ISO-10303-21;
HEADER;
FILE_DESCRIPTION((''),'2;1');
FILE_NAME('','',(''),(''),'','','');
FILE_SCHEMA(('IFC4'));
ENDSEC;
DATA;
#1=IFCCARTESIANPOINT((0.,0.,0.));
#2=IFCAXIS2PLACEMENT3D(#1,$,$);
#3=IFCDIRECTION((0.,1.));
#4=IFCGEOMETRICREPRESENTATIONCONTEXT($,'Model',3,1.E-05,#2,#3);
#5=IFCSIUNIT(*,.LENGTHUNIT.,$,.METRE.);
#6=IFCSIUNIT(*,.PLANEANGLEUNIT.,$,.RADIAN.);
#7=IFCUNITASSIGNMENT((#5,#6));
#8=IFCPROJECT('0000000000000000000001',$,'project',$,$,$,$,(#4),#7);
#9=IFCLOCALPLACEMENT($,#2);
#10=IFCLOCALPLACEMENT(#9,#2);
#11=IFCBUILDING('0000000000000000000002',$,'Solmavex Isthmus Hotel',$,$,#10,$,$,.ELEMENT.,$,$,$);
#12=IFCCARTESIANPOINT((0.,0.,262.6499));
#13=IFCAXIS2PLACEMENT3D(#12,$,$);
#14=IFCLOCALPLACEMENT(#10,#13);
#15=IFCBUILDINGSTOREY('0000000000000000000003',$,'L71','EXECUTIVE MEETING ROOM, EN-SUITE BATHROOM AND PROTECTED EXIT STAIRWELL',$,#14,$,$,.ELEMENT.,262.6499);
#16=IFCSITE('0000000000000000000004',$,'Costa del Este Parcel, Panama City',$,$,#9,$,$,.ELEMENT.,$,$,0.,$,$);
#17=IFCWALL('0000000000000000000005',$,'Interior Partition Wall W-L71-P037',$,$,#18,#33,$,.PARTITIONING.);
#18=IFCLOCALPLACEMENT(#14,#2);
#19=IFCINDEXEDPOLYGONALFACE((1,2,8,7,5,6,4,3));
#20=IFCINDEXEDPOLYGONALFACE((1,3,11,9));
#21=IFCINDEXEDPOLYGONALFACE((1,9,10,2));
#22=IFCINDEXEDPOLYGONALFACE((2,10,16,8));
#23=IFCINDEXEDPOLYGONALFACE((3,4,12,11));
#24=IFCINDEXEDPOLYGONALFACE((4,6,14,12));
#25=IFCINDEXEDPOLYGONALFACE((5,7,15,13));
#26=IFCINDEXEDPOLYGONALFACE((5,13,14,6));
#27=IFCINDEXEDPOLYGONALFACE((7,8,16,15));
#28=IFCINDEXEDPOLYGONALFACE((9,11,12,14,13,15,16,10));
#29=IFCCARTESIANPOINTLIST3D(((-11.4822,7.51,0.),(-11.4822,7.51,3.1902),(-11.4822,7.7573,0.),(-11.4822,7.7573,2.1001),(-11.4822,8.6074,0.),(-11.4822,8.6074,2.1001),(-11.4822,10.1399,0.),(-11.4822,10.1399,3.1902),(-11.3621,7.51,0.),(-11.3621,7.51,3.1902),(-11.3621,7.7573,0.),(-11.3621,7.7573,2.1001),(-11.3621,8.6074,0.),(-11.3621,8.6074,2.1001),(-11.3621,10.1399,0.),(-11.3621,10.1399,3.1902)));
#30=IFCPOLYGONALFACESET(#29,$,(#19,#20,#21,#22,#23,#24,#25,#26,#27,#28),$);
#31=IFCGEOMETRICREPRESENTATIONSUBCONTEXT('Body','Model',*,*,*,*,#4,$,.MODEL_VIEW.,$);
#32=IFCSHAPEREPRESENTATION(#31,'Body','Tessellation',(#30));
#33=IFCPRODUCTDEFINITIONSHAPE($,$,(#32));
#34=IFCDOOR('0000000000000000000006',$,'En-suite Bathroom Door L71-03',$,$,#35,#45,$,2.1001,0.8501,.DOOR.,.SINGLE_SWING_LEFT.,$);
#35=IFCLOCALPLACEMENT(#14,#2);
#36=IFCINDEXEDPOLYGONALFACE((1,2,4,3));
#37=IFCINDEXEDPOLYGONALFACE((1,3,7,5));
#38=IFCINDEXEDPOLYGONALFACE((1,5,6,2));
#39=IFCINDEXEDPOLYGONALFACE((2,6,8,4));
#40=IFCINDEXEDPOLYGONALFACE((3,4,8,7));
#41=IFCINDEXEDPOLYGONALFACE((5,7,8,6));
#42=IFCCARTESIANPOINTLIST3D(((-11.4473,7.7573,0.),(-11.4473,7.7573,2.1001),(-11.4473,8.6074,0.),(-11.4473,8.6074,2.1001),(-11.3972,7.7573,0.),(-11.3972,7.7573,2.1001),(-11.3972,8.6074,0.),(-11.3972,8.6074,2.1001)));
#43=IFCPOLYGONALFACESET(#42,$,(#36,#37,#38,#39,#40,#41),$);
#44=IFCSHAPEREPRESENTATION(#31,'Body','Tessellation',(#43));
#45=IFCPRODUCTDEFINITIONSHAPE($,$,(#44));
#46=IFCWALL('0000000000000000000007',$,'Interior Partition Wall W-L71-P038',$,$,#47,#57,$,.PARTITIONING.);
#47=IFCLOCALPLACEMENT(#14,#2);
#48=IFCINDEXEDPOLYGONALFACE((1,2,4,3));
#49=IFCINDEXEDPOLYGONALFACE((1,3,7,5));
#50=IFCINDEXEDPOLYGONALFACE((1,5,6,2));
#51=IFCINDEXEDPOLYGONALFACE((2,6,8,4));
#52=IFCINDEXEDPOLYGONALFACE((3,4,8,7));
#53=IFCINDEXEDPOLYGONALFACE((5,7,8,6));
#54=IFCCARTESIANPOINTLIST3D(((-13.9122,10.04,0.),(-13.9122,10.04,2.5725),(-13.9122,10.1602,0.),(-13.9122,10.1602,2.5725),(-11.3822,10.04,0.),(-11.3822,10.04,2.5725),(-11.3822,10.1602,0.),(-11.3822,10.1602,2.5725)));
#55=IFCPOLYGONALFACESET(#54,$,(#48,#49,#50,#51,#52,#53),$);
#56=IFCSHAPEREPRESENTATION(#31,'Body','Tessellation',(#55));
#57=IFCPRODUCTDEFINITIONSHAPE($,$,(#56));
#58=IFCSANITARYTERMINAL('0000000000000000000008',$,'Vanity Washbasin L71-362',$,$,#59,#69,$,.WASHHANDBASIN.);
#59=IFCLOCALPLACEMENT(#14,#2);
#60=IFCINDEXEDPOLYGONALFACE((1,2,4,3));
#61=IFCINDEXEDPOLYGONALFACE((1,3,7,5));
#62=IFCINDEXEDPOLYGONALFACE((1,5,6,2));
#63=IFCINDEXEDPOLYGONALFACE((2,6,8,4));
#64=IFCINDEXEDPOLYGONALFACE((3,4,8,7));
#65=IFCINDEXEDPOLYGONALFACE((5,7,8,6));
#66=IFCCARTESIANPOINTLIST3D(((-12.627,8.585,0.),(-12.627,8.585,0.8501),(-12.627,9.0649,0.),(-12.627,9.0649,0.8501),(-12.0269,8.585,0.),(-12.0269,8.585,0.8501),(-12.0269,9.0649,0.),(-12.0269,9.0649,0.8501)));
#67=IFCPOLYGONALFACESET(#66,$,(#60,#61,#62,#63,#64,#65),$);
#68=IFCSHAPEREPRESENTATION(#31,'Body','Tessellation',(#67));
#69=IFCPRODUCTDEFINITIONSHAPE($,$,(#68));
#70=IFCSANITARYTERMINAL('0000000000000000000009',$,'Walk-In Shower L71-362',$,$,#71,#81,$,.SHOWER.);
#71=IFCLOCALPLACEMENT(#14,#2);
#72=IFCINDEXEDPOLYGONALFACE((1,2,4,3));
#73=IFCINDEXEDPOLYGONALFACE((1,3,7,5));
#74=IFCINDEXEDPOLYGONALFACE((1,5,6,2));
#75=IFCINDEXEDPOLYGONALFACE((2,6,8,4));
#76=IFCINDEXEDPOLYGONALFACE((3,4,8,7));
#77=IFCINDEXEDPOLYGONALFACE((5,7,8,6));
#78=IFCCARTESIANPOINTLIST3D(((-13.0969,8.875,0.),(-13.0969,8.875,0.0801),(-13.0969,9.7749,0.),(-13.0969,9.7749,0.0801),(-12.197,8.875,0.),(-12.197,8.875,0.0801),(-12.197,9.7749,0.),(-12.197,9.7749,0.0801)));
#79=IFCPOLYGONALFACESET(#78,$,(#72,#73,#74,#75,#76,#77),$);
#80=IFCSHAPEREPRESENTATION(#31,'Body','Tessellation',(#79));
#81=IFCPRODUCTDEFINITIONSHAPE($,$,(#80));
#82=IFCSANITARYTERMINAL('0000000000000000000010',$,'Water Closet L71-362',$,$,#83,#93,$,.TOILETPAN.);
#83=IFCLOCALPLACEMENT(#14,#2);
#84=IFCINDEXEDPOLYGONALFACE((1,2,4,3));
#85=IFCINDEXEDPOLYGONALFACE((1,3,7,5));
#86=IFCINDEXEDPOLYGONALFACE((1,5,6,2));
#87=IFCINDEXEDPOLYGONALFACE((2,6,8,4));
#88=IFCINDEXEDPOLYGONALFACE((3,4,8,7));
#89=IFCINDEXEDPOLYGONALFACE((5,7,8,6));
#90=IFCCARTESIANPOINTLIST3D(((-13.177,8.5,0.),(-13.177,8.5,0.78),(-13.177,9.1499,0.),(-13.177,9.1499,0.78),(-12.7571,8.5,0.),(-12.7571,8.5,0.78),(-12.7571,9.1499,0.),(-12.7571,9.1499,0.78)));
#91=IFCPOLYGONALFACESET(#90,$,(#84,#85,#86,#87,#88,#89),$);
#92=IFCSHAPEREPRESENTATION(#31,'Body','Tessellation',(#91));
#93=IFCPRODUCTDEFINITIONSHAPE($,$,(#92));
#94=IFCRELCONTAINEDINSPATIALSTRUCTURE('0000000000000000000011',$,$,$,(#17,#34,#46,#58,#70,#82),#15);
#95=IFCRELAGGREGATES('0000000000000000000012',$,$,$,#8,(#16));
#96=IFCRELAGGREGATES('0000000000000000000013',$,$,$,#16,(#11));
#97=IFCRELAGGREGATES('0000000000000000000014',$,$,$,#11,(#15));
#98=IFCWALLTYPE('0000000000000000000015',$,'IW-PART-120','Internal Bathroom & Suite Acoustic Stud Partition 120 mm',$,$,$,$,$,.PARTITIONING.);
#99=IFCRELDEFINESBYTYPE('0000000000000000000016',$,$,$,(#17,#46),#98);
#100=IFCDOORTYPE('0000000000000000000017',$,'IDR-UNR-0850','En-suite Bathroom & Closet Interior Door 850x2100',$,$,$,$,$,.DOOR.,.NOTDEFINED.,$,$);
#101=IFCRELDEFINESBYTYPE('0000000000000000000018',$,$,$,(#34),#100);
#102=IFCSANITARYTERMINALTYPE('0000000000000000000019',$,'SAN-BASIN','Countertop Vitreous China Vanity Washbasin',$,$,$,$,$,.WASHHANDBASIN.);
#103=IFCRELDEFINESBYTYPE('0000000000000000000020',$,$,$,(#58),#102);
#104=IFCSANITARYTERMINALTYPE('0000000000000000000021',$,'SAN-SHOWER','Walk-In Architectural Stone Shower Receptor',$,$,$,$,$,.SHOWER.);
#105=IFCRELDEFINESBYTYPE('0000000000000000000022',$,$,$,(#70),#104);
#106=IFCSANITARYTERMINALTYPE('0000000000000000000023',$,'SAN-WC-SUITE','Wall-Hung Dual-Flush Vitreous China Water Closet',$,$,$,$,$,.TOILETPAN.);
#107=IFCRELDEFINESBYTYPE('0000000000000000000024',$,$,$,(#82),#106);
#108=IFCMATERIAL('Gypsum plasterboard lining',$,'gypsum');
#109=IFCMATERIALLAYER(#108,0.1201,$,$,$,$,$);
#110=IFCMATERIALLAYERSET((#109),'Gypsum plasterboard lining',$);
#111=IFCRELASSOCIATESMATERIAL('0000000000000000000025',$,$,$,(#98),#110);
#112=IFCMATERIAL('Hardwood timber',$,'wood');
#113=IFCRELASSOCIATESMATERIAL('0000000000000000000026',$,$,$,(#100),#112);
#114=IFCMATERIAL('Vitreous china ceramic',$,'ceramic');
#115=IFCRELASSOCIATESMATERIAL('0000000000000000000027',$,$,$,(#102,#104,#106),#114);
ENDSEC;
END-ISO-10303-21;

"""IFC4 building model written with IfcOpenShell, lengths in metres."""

from ifc_helpers import new_model, si_unit, direction, frame, frame_2d, origin, origin_2d, place, context, subcontext, project, spatial, rectangle, extrude, material, layer, layer_set, type_object, element, fill, save


model = new_model("IFC4")

# Units and contexts
model_context = context("Model", 3, precision=1e-05, world=origin(), true_north=direction((0.0, 1.0)))
body_context = subcontext(model_context, "Body", "Model", "MODEL_VIEW")
ifc_project = project(units=[si_unit("LENGTHUNIT", "METRE"), si_unit("PLANEANGLEUNIT", "RADIAN")], contexts=[model_context])

# Site, building, storey
site_placement = place(None, origin())
site = spatial("IfcSite", under=ifc_project, at=site_placement, Name="Costa del Este Parcel, Panama City", CompositionType="ELEMENT", RefElevation=0.0)
building_placement = place(site_placement, origin())
building = spatial("IfcBuilding", under=site, at=building_placement, Name="Solmavex Isthmus Hotel", CompositionType="ELEMENT")
storey_placement = place(building_placement, frame((0.0, 0.0, 262.6499)))
storey = spatial("IfcBuildingStorey", under=building, at=storey_placement, Name="L71", Description="EXECUTIVE MEETING ROOM, EN-SUITE BATHROOM AND PROTECTED EXIT STAIRWELL", CompositionType="ELEMENT", Elevation=262.6499)

# Shared definitions
ifc_material_1 = material(Name="Gypsum plasterboard lining", Category="gypsum")

# Shared definitions
ifc_material_2 = material(Name="Hardwood timber", Category="wood")

# Wall, opening, door
ifc_layer_1 = layer(ifc_material_1, 0.1201)
ifc_layer_set_1 = layer_set([ifc_layer_1], Name="Gypsum plasterboard lining")
wall_type_1 = type_object("IfcWallType", Name="IW-PART-120", Description="Internal Bathroom & Suite Acoustic Stud Partition 120 mm", PredefinedType="PARTITIONING", material=ifc_layer_set_1)
wall_1_placement = place(storey_placement, frame((-11.4221, 7.51, 0.0), z_axis=(0.0, 0.0, 1.0), x_axis=(0.0, 1.0, 0.0)))
wall_1 = element("IfcWall", 1, at=wall_1_placement, inside=storey, type_object=wall_type_1, Name="Interior Partition Wall W-L71-P037", PredefinedType="PARTITIONING", context=body_context, shape_type="SweptSolid", body=[
    extrude(rectangle(XDim=2.6299, YDim=0.1201, at=frame_2d((1.3149, 0.0))), origin(), (0.0, 0.0, 1.0), 3.1902),
])
opening_1_placement = place(wall_1_placement, frame((0.2473, 0.0, 0.0)))
opening_1 = element("IfcOpeningElement", 2, at=opening_1_placement, cuts=wall_1, PredefinedType="OPENING", context=body_context, shape_type="SweptSolid", body=[
    extrude(rectangle(XDim=0.8501, YDim=2.1001, at=frame_2d((0.425, 1.05))), frame((0.0, 0.0701, 0.0), z_axis=(0.0, -1.0, 0.0), x_axis=(1.0, 0.0, 0.0)), (0.0, 0.0, 1.0), 0.1401),
])
door_type_1 = type_object("IfcDoorType", Name="IDR-UNR-0850", Description="En-suite Bathroom & Closet Interior Door 850x2100", OperationType="NOTDEFINED", PredefinedType="DOOR", material=ifc_material_2)
door_1_placement = place(opening_1_placement, frame((0.8501, 0.0, 0.0), z_axis=(0.0, 0.0, 1.0), x_axis=(-1.0, 0.0, 0.0)))
door_1 = element("IfcDoor", 3, at=door_1_placement, inside=storey, type_object=door_type_1, Name="En-suite Bathroom Door L71-03", OperationType="SINGLE_SWING_LEFT", OverallHeight=2.1001, OverallWidth=0.8501, PredefinedType="DOOR", context=body_context, shape_type="SweptSolid", body=[
    extrude(rectangle(XDim=0.8501, YDim=2.1001, at=frame_2d((0.425, 1.05))), frame((0.0, 0.0249, 0.0), z_axis=(0.0, -1.0, 0.0), x_axis=(1.0, 0.0, 0.0)), (0.0, 0.0, 1.0), 0.05),
])
fill(opening_1, door_1)

# Wall
wall_2_placement = place(storey_placement, frame((-11.3821, 10.1001, 0.0), z_axis=(0.0, 0.0, 1.0), x_axis=(-1.0, 0.0, 0.0)))
element("IfcWall", 4, at=wall_2_placement, inside=storey, type_object=wall_type_1, Name="Interior Partition Wall W-L71-P038", PredefinedType="PARTITIONING", context=body_context, shape_type="SweptSolid", body=[
    extrude(rectangle(XDim=2.53, YDim=0.1201, at=frame_2d((1.2651, 0.0))), origin(), (0.0, 0.0, 1.0), 2.5725),
])

# Sanitary terminals
ifc_material_3 = material(Name="Vitreous china ceramic", Category="ceramic")
sanitary_terminal_type_1 = type_object("IfcSanitaryTerminalType", Name="SAN-BASIN", Description="Countertop Vitreous China Vanity Washbasin", PredefinedType="WASHHANDBASIN", material=ifc_material_3)
sanitary_terminal_1_placement = place(storey_placement, frame((-12.3269, 8.825, 0.0), z_axis=(0.0, 0.0, 1.0), x_axis=(1.0, 0.0, 0.0)))
element("IfcSanitaryTerminal", 5, at=sanitary_terminal_1_placement, inside=storey, type_object=sanitary_terminal_type_1, Name="Vanity Washbasin L71-362", PredefinedType="WASHHANDBASIN", context=body_context, shape_type="SweptSolid", body=[
    extrude(rectangle(XDim=0.6001, YDim=0.48, at=origin_2d()), origin(), (0.0, 0.0, 1.0), 0.8501),
])
sanitary_terminal_type_2 = type_object("IfcSanitaryTerminalType", Name="SAN-SHOWER", Description="Walk-In Architectural Stone Shower Receptor", PredefinedType="SHOWER", material=ifc_material_3)
sanitary_terminal_2_placement = place(storey_placement, frame((-12.647, 9.325, 0.0), z_axis=(0.0, 0.0, 1.0), x_axis=(1.0, 0.0, 0.0)))
element("IfcSanitaryTerminal", 6, at=sanitary_terminal_2_placement, inside=storey, type_object=sanitary_terminal_type_2, Name="Walk-In Shower L71-362", PredefinedType="SHOWER", context=body_context, shape_type="SweptSolid", body=[
    extrude(rectangle(XDim=0.8999, YDim=0.8999, at=origin_2d()), origin(), (0.0, 0.0, 1.0), 0.0801),
])
sanitary_terminal_type_3 = type_object("IfcSanitaryTerminalType", Name="SAN-WC-SUITE", Description="Wall-Hung Dual-Flush Vitreous China Water Closet", PredefinedType="TOILETPAN", material=ifc_material_3)
sanitary_terminal_3_placement = place(storey_placement, frame((-12.967, 8.825, 0.0), z_axis=(0.0, 0.0, 1.0), x_axis=(1.0, 0.0, 0.0)))
element("IfcSanitaryTerminal", 7, at=sanitary_terminal_3_placement, inside=storey, type_object=sanitary_terminal_type_3, Name="Water Closet L71-362", PredefinedType="TOILETPAN", context=body_context, shape_type="SweptSolid", body=[
    extrude(rectangle(XDim=0.4199, YDim=0.6499, at=origin_2d()), origin(), (0.0, 0.0, 1.0), 0.78),
])

save(model, "model.ifc")
